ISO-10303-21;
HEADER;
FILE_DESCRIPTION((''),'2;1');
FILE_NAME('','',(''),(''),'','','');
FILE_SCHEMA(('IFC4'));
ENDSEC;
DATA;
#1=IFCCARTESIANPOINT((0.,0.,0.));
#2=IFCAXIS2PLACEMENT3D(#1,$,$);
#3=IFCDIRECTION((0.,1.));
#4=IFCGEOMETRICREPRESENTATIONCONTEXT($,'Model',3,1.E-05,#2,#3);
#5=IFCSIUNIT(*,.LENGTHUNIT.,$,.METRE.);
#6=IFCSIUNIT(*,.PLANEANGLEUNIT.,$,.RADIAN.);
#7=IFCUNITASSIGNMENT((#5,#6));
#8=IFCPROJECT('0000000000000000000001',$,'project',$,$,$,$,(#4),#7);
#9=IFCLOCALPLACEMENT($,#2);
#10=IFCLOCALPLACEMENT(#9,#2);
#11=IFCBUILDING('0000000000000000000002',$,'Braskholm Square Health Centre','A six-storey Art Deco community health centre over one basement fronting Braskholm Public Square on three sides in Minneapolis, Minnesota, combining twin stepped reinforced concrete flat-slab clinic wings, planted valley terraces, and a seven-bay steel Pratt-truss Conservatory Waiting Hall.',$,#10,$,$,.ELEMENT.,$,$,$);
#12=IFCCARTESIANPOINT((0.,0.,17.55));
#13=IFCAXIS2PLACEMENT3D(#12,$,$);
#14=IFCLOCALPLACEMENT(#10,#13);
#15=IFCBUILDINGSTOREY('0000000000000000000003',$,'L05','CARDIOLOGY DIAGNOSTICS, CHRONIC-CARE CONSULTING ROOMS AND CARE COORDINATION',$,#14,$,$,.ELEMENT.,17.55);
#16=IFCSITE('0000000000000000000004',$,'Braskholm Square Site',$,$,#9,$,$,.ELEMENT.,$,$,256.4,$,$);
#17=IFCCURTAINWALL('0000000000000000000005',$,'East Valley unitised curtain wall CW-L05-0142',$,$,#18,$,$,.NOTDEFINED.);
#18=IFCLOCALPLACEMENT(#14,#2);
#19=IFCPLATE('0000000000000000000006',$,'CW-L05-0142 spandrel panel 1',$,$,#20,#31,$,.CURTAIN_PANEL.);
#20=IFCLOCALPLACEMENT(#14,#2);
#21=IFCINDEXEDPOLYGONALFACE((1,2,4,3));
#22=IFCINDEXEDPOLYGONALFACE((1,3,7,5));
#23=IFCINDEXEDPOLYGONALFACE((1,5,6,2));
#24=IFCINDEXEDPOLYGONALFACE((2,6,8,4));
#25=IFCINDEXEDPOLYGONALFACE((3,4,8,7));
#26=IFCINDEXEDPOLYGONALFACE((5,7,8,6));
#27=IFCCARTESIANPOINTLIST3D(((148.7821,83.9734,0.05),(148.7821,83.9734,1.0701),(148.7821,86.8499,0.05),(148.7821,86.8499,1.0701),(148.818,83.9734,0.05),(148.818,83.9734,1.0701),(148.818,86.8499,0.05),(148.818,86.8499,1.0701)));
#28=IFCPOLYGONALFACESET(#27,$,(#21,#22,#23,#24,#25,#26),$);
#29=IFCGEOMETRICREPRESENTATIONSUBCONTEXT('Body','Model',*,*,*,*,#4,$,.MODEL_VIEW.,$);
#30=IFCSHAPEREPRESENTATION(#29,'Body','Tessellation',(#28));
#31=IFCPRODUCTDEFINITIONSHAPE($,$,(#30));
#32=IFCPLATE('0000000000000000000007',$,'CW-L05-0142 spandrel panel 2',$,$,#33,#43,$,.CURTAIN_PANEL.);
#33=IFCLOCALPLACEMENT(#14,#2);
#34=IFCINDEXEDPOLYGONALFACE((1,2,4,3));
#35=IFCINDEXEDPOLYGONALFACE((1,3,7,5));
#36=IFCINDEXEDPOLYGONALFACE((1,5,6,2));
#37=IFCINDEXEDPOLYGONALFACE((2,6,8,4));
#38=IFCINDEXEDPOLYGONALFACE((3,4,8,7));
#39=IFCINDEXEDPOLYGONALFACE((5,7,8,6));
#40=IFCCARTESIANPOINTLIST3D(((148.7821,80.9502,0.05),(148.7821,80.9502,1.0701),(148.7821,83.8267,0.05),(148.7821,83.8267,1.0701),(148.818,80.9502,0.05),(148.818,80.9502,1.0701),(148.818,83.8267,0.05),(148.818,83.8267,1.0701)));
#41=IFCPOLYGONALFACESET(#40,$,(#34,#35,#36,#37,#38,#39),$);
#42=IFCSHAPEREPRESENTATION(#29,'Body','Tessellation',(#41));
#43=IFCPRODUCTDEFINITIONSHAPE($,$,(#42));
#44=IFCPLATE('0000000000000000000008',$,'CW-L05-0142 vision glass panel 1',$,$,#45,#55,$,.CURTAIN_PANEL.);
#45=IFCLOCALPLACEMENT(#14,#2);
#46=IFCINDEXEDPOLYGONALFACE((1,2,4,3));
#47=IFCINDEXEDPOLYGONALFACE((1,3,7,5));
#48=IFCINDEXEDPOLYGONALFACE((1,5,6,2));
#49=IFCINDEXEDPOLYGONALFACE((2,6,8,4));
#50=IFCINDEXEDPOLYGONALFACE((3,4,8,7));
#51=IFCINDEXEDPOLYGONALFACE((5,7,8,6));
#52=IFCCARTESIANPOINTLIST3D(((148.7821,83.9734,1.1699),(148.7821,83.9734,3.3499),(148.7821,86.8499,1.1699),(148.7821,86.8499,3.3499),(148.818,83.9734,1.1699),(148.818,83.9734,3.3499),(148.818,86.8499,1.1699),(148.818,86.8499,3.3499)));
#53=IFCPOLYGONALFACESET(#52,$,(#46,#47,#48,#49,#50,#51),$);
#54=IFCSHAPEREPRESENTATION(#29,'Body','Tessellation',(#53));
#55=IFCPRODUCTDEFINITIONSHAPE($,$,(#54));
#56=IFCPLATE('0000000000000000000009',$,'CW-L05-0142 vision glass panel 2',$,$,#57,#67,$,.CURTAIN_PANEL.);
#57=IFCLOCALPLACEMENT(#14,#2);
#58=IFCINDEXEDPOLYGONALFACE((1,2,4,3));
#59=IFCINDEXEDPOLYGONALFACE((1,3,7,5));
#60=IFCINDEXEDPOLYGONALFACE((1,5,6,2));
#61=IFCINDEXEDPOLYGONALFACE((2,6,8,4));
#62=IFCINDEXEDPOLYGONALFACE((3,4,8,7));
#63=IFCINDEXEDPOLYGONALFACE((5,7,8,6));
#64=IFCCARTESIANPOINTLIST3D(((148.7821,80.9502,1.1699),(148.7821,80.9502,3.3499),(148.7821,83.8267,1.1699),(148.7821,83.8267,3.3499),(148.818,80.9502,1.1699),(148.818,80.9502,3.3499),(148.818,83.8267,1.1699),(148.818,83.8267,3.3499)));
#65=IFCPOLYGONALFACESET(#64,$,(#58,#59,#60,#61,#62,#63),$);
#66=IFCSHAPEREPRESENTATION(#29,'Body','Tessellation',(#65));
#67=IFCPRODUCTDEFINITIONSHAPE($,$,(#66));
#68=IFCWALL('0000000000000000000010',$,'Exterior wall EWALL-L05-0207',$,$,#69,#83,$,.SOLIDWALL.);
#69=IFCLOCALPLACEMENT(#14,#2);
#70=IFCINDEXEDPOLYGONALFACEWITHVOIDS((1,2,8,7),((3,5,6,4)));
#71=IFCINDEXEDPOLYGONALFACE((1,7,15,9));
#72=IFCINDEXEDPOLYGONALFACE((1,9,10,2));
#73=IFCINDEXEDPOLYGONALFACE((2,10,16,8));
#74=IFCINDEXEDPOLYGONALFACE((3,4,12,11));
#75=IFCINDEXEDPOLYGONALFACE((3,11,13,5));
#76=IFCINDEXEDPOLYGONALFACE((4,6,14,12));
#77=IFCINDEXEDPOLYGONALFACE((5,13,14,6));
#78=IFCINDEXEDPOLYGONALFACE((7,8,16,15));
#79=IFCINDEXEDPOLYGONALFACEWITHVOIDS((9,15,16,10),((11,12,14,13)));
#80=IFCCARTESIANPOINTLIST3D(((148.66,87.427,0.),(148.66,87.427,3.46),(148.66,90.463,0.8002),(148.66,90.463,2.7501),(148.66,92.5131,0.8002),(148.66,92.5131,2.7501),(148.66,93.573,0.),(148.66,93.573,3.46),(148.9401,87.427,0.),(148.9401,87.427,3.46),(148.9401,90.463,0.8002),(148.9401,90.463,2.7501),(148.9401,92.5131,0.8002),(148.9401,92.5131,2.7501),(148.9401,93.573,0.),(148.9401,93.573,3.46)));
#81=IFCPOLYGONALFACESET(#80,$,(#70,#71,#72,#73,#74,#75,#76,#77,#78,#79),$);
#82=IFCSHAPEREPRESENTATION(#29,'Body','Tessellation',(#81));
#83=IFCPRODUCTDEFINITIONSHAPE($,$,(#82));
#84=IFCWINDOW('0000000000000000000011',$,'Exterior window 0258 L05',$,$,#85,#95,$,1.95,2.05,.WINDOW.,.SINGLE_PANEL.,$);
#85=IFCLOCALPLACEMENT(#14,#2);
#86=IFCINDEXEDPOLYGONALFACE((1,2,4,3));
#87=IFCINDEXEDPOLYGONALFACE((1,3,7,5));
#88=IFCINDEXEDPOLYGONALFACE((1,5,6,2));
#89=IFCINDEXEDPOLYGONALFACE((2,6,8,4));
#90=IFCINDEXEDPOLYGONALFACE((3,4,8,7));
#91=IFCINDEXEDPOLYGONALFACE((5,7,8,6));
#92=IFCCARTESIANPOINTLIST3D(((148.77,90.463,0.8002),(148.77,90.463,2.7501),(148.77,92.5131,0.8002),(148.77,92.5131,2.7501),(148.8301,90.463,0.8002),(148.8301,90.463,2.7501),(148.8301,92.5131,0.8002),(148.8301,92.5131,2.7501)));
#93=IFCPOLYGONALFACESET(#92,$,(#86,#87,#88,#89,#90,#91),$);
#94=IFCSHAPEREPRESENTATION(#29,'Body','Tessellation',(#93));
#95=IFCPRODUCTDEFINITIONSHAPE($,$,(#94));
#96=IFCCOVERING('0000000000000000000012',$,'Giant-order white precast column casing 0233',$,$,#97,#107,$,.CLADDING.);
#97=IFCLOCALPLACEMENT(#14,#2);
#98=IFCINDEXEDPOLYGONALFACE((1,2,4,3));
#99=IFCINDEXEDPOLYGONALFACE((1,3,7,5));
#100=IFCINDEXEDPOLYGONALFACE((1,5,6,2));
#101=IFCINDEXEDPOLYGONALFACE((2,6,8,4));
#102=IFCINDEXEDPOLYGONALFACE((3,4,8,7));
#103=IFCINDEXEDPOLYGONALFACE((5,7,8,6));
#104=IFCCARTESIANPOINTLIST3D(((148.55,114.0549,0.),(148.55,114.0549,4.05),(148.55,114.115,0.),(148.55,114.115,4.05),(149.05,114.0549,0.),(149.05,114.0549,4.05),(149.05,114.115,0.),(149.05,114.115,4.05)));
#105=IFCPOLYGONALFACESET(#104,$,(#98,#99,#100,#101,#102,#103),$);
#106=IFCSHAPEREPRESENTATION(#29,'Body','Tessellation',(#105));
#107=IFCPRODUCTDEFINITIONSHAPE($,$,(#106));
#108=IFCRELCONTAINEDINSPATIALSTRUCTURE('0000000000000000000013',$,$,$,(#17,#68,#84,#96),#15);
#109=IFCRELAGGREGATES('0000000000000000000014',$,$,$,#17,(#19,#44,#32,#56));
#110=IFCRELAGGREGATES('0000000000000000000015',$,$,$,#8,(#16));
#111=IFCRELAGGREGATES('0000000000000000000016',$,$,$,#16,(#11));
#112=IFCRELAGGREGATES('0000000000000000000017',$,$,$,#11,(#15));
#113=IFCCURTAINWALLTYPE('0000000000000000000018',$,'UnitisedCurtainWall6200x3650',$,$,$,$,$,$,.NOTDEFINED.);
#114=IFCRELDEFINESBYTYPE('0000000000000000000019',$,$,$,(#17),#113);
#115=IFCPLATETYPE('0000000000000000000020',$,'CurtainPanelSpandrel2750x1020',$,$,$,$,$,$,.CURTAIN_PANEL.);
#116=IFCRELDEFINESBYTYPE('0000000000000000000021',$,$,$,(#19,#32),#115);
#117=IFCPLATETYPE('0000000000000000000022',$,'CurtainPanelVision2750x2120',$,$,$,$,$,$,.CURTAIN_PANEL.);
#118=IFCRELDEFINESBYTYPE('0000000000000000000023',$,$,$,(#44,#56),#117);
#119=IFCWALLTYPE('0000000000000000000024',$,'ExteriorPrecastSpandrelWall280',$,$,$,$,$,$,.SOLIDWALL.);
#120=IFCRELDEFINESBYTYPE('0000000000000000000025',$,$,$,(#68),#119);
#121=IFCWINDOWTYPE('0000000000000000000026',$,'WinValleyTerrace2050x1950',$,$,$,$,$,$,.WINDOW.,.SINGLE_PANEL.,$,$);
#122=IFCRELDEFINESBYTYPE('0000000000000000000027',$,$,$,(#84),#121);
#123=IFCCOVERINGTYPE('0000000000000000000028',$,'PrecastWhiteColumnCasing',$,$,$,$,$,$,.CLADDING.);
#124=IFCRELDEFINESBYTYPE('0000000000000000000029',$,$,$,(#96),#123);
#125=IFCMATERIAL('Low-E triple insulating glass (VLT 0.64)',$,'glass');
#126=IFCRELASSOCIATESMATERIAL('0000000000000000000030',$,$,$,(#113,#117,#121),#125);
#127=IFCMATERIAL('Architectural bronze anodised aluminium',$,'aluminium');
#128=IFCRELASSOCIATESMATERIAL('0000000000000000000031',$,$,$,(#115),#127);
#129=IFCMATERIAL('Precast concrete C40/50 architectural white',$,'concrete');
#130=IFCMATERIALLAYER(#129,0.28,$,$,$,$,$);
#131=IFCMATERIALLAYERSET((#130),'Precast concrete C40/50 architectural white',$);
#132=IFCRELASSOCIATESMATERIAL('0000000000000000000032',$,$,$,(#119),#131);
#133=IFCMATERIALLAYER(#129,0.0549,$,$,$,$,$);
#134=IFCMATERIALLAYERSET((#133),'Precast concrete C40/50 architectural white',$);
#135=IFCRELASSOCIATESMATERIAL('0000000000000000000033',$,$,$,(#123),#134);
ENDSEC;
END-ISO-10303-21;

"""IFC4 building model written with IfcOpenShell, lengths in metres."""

from ifc_helpers import new_model, si_unit, direction, frame, frame_2d, origin, origin_with_axes, origin_2d, place, context, subcontext, project, spatial, rectangle, extrude, material, layer, layer_set, type_object, element, fill, aggregate, save


model = new_model("IFC4")

# Units and contexts
model_context = context("Model", 3, precision=1e-05, world=origin(), true_north=direction((0.0, 1.0)))
body_context = subcontext(model_context, "Body", "Model", "MODEL_VIEW")
ifc_project = project(units=[si_unit("LENGTHUNIT", "METRE"), si_unit("PLANEANGLEUNIT", "RADIAN")], contexts=[model_context])

# Site, building, storey
site_placement = place(None, origin())
site = spatial("IfcSite", under=ifc_project, at=site_placement, Name="Braskholm Square Site", CompositionType="ELEMENT", RefElevation=256.4)
building_placement = place(site_placement, origin())
building = spatial("IfcBuilding", under=site, at=building_placement, Name="Braskholm Square Health Centre", Description="A six-storey Art Deco community health centre over one basement fronting Braskholm Public Square on three sides in Minneapolis, Minnesota, combining twin stepped reinforced concrete flat-slab clinic wings, planted valley terraces, and a seven-bay steel Pratt-truss Conservatory Waiting Hall.", CompositionType="ELEMENT")
storey_placement = place(building_placement, frame((0.0, 0.0, 17.55)))
storey = spatial("IfcBuildingStorey", under=building, at=storey_placement, Name="L05", Description="CARDIOLOGY DIAGNOSTICS, CHRONIC-CARE CONSULTING ROOMS AND CARE COORDINATION", CompositionType="ELEMENT", Elevation=17.55)

# Shared definitions
ifc_material_1 = material(Name="Precast concrete C40/50 architectural white", Category="concrete")

# Curtain wall
ifc_material_2 = material(Name="Low-E triple insulating glass (VLT 0.64)", Category="glass")
curtain_wall_type = type_object("IfcCurtainWallType", Name="UnitisedCurtainWall6200x3650", PredefinedType="NOTDEFINED", material=ifc_material_2)
curtain_wall_placement = place(storey_placement, origin())
curtain_wall = element("IfcCurtainWall", 1, at=curtain_wall_placement, inside=storey, type_object=curtain_wall_type, Name="East Valley unitised curtain wall CW-L05-0142", PredefinedType="NOTDEFINED")
ifc_material_3 = material(Name="Architectural bronze anodised aluminium", Category="aluminium")

# Plates
plate_type_1 = type_object("IfcPlateType", Name="CurtainPanelSpandrel2750x1020", PredefinedType="CURTAIN_PANEL", material=ifc_material_3)
plate_1_placement = place(storey_placement, frame((148.8, 85.4116, 0.05), z_axis=(0.0, 0.0, 1.0), x_axis=(0.0, -1.0, 0.0)))
plate_1 = element("IfcPlate", 2, at=plate_1_placement, type_object=plate_type_1, Name="CW-L05-0142 spandrel panel 1", PredefinedType="CURTAIN_PANEL", context=body_context, shape_type="SweptSolid", body=[
    extrude(rectangle(XDim=2.8765, YDim=0.0359, at=origin_2d()), origin(), (0.0, 0.0, 1.0), 1.02),
])
plate_2_placement = place(storey_placement, frame((148.8, 82.3884, 0.05), z_axis=(0.0, 0.0, 1.0), x_axis=(0.0, -1.0, 0.0)))
plate_2 = element("IfcPlate", 3, at=plate_2_placement, type_object=plate_type_1, Name="CW-L05-0142 spandrel panel 2", PredefinedType="CURTAIN_PANEL", context=body_context, shape_type="SweptSolid", body=[
    extrude(rectangle(XDim=2.8765, YDim=0.0359, at=origin_2d()), origin(), (0.0, 0.0, 1.0), 1.02),
])
plate_type_2 = type_object("IfcPlateType", Name="CurtainPanelVision2750x2120", PredefinedType="CURTAIN_PANEL", material=ifc_material_2)
plate_3_placement = place(storey_placement, frame((148.8, 85.4116, 1.1699), z_axis=(0.0, 0.0, 1.0), x_axis=(0.0, -1.0, 0.0)))
plate_3 = element("IfcPlate", 4, at=plate_3_placement, type_object=plate_type_2, Name="CW-L05-0142 vision glass panel 1", PredefinedType="CURTAIN_PANEL", context=body_context, shape_type="SweptSolid", body=[
    extrude(rectangle(XDim=2.8765, YDim=0.0359, at=origin_2d()), origin(), (0.0, 0.0, 1.0), 2.1799),
])
plate_4_placement = place(storey_placement, frame((148.8, 82.3884, 1.1699), z_axis=(0.0, 0.0, 1.0), x_axis=(0.0, -1.0, 0.0)))
plate_4 = element("IfcPlate", 5, at=plate_4_placement, type_object=plate_type_2, Name="CW-L05-0142 vision glass panel 2", PredefinedType="CURTAIN_PANEL", context=body_context, shape_type="SweptSolid", body=[
    extrude(rectangle(XDim=2.8765, YDim=0.0359, at=origin_2d()), origin(), (0.0, 0.0, 1.0), 2.1799),
])
aggregate(curtain_wall, [plate_1, plate_3, plate_2, plate_4])

# Wall, opening, window
ifc_layer_1 = layer(ifc_material_1, 0.28)
ifc_layer_set_1 = layer_set([ifc_layer_1], Name="Precast concrete C40/50 architectural white")
wall_type = type_object("IfcWallType", Name="ExteriorPrecastSpandrelWall280", PredefinedType="SOLIDWALL", material=ifc_layer_set_1)
wall_placement = place(storey_placement, frame((148.8, 93.573, 0.0), z_axis=(0.0, 0.0, 1.0), x_axis=(0.0, -1.0, 0.0)))
wall = element("IfcWall", 6, at=wall_placement, inside=storey, type_object=wall_type, Name="Exterior wall EWALL-L05-0207", PredefinedType="SOLIDWALL", context=body_context, shape_type="SweptSolid", body=[
    extrude(rectangle(XDim=6.146, YDim=0.28, at=frame_2d((3.073, 0.0))), origin(), (0.0, 0.0, 1.0), 3.46),
])
opening_placement = place(wall_placement, frame((1.0601, 0.0, 0.8)))
opening = element("IfcOpeningElement", 7, at=opening_placement, cuts=wall, PredefinedType="OPENING", context=body_context, shape_type="SweptSolid", body=[
    extrude(rectangle(XDim=2.05, YDim=1.95, at=frame_2d((1.0249, 0.9751))), frame((0.0, 0.1499, 0.0), z_axis=(0.0, -1.0, 0.0), x_axis=(1.0, 0.0, 0.0)), (0.0, 0.0, 1.0), 0.3),
])
window_type = type_object("IfcWindowType", Name="WinValleyTerrace2050x1950", PartitioningType="SINGLE_PANEL", PredefinedType="WINDOW", material=ifc_material_2)
window_placement = place(opening_placement, origin_with_axes())
window = element("IfcWindow", 8, at=window_placement, inside=storey, type_object=window_type, Name="Exterior window 0258 L05", OverallHeight=1.95, OverallWidth=2.05, PartitioningType="SINGLE_PANEL", PredefinedType="WINDOW", context=body_context, shape_type="SweptSolid", body=[
    extrude(rectangle(XDim=2.05, YDim=1.95, at=frame_2d((1.0249, 0.9751))), frame((0.0, 0.03, 0.0), z_axis=(0.0, -1.0, 0.0), x_axis=(1.0, 0.0, 0.0)), (0.0, 0.0, 1.0), 0.0601),
])
fill(opening, window)

# Covering
ifc_layer_2 = layer(ifc_material_1, 0.0549)
ifc_layer_set_2 = layer_set([ifc_layer_2], Name="Precast concrete C40/50 architectural white")
covering_type = type_object("IfcCoveringType", Name="PrecastWhiteColumnCasing", PredefinedType="CLADDING", material=ifc_layer_set_2)
covering_placement = place(storey_placement, frame((148.8, 114.085, 0.0), z_axis=(0.0, 0.0, 1.0), x_axis=(1.0, 0.0, 0.0)))
element("IfcCovering", 9, at=covering_placement, inside=storey, type_object=covering_type, Name="Giant-order white precast column casing 0233", PredefinedType="CLADDING", context=body_context, shape_type="SweptSolid", body=[
    extrude(rectangle(XDim=0.5, YDim=0.0601, at=origin_2d()), origin(), (0.0, 0.0, 1.0), 4.05),
])

save(model, "model.ifc")
